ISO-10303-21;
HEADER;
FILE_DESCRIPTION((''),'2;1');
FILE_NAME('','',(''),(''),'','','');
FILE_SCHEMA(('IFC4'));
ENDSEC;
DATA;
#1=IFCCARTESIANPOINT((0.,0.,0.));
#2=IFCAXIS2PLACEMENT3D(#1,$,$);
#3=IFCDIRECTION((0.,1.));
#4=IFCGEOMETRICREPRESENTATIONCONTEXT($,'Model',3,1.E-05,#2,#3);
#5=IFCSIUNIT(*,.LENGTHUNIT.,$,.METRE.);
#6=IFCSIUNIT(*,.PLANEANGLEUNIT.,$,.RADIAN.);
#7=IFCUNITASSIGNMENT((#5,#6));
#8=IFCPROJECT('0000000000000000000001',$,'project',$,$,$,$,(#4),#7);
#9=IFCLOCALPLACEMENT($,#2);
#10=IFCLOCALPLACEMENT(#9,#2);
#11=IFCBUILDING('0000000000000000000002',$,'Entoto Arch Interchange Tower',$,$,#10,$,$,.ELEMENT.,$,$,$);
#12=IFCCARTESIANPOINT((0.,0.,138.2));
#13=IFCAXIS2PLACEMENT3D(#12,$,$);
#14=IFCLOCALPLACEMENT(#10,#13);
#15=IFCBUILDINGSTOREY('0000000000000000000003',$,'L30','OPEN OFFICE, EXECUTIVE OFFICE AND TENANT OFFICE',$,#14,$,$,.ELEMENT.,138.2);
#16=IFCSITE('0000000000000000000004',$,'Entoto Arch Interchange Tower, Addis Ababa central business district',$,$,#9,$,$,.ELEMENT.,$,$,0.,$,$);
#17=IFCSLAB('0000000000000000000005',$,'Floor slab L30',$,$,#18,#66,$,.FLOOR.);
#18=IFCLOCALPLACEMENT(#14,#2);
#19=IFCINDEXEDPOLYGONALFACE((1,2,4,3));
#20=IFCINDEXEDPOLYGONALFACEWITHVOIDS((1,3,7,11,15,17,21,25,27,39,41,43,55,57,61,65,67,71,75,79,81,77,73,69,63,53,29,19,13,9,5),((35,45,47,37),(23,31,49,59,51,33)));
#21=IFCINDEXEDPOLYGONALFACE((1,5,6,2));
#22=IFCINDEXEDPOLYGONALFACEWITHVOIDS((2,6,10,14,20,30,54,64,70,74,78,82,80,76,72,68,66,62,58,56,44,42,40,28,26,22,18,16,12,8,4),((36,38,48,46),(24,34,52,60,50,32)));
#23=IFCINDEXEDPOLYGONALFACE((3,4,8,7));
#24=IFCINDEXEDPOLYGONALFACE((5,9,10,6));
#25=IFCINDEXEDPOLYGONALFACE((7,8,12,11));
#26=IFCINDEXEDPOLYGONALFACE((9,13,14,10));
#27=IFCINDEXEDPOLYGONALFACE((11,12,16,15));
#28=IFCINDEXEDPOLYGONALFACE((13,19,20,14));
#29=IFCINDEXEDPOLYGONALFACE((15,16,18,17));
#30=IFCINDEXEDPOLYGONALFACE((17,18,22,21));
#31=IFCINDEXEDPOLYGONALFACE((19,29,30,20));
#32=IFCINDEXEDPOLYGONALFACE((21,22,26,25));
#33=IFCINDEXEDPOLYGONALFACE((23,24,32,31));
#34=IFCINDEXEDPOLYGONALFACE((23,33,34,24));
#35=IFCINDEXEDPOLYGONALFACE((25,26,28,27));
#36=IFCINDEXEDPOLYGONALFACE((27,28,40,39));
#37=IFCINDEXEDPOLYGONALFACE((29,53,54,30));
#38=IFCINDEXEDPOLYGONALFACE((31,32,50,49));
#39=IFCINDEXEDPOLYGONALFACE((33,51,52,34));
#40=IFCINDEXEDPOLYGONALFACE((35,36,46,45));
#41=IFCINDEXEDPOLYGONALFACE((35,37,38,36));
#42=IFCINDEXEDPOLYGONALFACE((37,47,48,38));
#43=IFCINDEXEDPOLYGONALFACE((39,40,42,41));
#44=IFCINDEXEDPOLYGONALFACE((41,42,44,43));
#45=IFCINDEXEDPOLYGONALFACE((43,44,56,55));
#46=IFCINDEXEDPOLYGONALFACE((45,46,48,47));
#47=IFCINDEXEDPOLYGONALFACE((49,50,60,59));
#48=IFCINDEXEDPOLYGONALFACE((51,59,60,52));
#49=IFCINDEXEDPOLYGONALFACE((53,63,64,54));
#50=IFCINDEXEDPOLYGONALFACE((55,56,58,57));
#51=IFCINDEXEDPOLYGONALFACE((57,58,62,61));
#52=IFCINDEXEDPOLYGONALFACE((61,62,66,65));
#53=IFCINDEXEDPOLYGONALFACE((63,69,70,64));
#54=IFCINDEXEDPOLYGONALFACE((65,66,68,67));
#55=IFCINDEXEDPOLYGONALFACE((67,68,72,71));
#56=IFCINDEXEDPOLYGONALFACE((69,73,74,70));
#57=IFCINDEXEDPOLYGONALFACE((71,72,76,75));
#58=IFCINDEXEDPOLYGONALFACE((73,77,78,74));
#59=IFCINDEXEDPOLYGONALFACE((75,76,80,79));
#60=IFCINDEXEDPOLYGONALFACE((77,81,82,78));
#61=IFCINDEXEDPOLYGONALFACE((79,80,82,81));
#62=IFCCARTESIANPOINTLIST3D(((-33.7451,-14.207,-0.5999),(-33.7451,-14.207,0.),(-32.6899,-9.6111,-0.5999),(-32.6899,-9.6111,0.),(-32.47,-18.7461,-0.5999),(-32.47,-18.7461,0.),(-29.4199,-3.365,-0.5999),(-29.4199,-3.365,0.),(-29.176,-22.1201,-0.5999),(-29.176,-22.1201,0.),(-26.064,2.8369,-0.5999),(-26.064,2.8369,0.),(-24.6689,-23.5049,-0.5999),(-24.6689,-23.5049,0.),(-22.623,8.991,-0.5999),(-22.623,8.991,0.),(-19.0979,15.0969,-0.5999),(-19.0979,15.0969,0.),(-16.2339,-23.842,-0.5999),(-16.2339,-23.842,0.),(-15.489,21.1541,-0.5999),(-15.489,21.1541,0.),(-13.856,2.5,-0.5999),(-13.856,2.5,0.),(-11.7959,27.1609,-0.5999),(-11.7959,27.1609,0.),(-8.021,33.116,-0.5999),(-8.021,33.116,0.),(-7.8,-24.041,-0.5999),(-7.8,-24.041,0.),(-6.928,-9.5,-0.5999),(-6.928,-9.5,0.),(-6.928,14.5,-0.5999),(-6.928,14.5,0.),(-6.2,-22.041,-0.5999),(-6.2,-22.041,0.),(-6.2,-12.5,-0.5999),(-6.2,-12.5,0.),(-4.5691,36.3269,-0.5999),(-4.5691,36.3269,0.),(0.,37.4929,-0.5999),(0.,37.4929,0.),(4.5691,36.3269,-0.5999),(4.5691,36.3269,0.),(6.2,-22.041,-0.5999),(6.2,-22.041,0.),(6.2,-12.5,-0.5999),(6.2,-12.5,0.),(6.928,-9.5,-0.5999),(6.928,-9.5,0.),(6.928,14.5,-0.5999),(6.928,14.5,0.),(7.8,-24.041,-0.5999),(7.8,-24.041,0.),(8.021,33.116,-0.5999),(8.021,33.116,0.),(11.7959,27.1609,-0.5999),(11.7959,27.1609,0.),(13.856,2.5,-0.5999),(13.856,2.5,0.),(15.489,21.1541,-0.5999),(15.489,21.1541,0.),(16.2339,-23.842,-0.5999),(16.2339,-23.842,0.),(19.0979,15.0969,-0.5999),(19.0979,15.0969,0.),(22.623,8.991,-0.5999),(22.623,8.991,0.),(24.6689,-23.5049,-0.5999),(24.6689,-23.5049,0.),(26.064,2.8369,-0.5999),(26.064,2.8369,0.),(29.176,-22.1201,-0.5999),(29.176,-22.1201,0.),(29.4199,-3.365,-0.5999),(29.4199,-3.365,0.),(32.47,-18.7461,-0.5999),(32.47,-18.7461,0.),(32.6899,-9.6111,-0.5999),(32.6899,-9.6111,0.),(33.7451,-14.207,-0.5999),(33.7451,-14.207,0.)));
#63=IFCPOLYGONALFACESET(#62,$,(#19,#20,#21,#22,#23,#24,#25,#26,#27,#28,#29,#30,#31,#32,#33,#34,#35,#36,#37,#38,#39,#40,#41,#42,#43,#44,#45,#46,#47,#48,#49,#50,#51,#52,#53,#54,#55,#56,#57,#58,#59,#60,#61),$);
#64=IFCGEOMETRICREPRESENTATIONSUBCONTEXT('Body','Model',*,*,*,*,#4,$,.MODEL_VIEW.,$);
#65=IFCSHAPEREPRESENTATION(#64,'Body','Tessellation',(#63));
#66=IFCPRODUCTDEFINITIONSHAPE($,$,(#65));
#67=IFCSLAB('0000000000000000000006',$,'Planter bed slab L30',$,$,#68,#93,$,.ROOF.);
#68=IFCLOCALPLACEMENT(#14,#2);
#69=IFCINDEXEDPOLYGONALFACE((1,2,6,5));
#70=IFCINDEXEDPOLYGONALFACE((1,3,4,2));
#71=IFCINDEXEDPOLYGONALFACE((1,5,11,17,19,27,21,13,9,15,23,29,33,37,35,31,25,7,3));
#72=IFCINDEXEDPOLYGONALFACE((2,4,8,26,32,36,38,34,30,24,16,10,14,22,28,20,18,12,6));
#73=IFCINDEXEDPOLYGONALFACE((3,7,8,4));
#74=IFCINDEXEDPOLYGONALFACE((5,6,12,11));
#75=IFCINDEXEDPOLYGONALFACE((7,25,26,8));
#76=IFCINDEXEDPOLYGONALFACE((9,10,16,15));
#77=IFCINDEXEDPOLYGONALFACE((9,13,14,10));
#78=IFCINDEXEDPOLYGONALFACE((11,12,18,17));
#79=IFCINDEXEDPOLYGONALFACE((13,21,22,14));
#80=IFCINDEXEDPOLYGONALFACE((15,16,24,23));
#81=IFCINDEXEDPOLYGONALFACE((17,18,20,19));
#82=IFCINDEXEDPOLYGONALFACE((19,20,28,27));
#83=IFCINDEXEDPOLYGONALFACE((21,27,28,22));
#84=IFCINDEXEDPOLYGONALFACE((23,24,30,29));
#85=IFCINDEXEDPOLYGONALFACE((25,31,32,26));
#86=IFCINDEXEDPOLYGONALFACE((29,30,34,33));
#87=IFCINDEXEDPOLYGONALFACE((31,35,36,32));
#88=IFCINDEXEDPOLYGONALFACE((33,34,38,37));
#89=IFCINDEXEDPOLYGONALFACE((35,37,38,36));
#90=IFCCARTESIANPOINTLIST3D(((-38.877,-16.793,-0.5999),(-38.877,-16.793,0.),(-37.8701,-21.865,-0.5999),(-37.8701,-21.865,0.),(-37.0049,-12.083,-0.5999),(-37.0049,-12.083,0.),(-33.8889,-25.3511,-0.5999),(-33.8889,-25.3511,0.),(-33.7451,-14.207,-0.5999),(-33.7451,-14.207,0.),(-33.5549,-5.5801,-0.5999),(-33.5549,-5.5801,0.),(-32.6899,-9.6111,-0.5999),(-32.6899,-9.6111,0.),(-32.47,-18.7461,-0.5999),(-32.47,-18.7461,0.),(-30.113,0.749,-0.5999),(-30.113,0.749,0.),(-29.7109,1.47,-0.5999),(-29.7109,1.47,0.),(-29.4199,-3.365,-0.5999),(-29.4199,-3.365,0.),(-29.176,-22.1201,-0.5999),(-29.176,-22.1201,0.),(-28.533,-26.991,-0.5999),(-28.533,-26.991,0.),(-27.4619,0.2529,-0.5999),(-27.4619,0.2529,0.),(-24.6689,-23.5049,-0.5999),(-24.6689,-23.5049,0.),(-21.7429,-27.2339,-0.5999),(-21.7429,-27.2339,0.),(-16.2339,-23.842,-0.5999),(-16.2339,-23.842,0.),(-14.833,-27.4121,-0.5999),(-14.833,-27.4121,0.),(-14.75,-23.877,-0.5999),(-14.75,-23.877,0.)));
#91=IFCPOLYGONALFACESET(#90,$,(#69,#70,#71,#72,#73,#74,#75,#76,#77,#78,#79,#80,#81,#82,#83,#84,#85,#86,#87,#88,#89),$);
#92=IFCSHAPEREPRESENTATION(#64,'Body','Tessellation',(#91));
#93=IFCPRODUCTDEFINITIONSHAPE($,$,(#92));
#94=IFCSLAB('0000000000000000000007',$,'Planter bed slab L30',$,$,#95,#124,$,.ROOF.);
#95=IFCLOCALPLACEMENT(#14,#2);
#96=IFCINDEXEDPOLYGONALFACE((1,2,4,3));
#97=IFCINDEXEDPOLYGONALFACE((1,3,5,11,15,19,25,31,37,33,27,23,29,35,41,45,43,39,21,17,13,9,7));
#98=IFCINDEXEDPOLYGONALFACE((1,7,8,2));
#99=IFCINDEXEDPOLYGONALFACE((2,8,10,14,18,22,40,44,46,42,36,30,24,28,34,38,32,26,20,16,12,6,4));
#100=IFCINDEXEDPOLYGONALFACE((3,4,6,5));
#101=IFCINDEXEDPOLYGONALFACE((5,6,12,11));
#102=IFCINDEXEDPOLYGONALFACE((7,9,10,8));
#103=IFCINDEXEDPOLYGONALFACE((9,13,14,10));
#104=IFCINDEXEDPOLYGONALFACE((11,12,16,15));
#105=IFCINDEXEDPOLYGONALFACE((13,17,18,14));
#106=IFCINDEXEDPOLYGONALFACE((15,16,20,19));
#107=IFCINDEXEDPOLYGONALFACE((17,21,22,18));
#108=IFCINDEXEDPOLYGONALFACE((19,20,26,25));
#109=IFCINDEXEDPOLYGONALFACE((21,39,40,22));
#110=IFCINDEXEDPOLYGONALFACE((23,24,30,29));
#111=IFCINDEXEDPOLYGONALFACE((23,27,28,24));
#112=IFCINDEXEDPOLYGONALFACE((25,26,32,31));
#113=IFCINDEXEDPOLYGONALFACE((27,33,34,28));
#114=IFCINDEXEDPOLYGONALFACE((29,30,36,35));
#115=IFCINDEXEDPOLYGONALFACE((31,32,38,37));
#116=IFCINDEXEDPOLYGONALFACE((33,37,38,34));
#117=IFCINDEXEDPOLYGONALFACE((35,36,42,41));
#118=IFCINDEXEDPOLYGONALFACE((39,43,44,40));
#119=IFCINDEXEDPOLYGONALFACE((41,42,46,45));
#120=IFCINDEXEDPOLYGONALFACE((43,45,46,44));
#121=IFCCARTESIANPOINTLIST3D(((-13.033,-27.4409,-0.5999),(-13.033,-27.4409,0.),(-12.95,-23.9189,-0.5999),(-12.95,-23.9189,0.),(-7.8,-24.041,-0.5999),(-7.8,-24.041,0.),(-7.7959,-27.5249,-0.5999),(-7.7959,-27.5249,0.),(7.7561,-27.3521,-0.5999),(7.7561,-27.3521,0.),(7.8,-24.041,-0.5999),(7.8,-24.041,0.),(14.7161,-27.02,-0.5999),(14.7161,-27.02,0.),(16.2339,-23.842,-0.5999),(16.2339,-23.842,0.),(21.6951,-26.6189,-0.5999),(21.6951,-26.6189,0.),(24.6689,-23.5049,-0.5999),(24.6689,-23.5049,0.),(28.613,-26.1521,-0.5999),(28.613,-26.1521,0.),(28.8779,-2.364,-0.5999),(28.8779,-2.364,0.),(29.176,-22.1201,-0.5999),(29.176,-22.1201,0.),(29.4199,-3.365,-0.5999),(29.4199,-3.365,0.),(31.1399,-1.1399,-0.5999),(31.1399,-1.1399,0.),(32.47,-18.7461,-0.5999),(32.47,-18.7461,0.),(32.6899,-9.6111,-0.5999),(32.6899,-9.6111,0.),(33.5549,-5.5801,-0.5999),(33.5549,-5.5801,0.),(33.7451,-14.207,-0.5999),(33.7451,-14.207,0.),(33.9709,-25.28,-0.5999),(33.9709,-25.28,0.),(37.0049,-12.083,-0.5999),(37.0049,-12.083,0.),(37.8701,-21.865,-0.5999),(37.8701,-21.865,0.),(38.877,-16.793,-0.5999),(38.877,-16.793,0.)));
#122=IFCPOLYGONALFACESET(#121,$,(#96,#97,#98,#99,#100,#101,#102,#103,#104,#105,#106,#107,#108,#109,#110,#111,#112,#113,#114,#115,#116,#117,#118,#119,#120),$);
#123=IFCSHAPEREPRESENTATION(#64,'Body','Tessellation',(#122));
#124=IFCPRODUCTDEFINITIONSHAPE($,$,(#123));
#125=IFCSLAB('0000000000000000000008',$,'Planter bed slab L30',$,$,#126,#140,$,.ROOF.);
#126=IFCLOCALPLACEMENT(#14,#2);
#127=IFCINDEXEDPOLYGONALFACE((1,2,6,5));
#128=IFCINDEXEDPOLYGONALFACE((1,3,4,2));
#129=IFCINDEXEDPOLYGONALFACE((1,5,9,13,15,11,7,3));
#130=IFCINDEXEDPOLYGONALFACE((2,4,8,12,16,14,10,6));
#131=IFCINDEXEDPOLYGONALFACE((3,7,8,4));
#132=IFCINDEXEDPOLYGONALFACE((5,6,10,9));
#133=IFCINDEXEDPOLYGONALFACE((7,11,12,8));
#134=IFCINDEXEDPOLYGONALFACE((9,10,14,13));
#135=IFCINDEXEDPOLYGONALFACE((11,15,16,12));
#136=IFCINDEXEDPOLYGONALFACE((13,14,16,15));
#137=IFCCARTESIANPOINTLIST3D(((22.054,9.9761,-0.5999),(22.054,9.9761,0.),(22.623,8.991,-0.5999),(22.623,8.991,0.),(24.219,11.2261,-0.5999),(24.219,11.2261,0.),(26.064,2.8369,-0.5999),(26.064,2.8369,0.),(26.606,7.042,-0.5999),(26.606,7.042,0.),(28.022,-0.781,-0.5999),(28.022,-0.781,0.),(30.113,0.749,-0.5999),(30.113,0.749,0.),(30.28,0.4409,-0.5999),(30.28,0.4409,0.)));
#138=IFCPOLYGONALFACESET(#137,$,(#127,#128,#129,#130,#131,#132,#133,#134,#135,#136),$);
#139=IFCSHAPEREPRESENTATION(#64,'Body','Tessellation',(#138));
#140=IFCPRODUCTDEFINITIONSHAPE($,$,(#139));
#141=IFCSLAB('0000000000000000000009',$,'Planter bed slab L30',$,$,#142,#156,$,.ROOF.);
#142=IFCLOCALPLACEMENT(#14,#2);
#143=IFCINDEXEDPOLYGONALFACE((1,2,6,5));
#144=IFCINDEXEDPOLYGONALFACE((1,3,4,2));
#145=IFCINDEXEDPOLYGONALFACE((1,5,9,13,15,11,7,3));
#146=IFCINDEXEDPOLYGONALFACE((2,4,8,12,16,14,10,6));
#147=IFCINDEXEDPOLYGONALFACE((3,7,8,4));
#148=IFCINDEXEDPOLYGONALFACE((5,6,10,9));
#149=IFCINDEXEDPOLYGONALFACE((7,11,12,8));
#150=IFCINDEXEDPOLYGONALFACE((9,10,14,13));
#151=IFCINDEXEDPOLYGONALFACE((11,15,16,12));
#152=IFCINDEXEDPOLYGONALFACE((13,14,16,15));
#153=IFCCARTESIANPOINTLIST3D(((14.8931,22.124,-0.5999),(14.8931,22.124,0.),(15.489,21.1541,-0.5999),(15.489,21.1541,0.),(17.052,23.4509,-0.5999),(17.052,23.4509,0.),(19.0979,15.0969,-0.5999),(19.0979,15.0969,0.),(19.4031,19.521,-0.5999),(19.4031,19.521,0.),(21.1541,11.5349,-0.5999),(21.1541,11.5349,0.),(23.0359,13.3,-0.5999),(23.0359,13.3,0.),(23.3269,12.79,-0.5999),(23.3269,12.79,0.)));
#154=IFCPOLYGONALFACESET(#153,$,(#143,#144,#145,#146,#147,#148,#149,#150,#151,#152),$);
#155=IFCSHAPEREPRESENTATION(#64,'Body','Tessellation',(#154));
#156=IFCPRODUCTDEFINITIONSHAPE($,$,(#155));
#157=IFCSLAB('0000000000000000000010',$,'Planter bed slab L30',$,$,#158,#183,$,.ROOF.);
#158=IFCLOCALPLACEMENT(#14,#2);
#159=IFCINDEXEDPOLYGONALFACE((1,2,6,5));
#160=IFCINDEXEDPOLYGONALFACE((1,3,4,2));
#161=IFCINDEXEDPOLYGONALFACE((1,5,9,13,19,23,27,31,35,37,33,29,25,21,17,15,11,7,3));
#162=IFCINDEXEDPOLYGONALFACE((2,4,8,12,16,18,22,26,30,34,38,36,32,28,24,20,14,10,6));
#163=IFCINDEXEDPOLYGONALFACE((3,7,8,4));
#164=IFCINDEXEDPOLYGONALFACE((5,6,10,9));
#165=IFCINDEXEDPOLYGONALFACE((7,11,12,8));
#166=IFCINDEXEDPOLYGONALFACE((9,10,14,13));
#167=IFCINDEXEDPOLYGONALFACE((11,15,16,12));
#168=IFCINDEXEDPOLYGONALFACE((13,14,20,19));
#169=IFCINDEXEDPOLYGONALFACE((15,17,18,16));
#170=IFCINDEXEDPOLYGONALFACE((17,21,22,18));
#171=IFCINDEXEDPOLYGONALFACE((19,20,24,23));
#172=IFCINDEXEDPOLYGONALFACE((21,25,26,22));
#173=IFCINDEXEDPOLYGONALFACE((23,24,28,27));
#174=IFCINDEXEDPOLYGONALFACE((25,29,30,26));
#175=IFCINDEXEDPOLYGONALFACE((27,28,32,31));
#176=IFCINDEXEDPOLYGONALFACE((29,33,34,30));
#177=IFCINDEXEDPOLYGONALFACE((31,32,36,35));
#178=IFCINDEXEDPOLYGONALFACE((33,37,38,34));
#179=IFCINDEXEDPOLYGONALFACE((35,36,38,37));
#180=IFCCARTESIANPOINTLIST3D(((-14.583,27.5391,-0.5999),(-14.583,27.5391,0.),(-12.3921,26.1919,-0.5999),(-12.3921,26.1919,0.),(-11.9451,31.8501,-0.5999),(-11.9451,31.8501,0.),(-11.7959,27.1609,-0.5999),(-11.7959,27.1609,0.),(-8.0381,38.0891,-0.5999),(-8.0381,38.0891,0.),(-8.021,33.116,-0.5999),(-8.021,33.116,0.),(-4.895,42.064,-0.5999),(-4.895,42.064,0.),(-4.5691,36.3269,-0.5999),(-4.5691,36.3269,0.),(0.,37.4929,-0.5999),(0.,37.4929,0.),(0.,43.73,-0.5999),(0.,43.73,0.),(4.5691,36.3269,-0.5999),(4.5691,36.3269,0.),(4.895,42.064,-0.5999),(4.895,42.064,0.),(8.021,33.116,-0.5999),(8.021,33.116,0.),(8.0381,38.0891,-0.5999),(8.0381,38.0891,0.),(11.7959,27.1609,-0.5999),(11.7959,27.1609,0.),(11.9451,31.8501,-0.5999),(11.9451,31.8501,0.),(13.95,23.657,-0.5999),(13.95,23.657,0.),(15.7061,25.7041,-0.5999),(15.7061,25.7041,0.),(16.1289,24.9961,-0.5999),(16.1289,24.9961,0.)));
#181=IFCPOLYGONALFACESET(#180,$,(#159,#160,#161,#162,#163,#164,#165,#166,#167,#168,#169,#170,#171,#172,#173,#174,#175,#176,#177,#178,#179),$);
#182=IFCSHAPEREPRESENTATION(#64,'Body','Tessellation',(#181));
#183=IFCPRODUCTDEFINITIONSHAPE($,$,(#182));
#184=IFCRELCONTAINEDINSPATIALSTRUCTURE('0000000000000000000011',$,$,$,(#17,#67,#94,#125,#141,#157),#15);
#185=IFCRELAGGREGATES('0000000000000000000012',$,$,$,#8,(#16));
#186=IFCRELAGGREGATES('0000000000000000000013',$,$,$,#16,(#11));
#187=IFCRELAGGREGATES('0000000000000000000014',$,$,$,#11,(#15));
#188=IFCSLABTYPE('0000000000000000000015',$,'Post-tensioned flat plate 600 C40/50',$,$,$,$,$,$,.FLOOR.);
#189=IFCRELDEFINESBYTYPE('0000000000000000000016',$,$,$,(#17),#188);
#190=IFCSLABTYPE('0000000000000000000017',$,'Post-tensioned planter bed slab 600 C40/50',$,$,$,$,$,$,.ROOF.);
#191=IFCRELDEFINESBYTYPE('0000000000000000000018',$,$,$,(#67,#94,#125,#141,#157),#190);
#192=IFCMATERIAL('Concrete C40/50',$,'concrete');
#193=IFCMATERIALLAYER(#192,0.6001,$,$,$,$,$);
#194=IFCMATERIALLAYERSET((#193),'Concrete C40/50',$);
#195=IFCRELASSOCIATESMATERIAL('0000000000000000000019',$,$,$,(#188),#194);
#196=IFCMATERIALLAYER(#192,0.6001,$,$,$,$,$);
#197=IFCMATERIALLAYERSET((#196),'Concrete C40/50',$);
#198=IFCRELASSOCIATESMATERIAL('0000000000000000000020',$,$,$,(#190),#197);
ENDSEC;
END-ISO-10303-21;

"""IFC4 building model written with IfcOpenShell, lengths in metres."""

from ifc_helpers import new_model, si_unit, direction, frame, origin, place, context, subcontext, project, spatial, polyline, outline, extrude, material, layer, layer_set, type_object, element, save


model = new_model("IFC4")

# Units and contexts
model_context = context("Model", 3, precision=1e-05, world=origin(), true_north=direction((0.0, 1.0)))
body_context = subcontext(model_context, "Body", "Model", "MODEL_VIEW")
ifc_project = project(units=[si_unit("LENGTHUNIT", "METRE"), si_unit("PLANEANGLEUNIT", "RADIAN")], contexts=[model_context])

# Site, building, storey
site_placement = place(None, origin())
site = spatial("IfcSite", under=ifc_project, at=site_placement, Name="Entoto Arch Interchange Tower, Addis Ababa central business district", CompositionType="ELEMENT", RefElevation=0.0)
building_placement = place(site_placement, origin())
building = spatial("IfcBuilding", under=site, at=building_placement, Name="Entoto Arch Interchange Tower", CompositionType="ELEMENT")
storey_placement = place(building_placement, frame((0.0, 0.0, 138.2)))
storey = spatial("IfcBuildingStorey", under=building, at=storey_placement, Name="L30", Description="OPEN OFFICE, EXECUTIVE OFFICE AND TENANT OFFICE", CompositionType="ELEMENT", Elevation=138.2)

# Slabs
ifc_material_1 = material(Name="Concrete C40/50", Category="concrete")
ifc_layer_1 = layer(ifc_material_1, 0.6001)
ifc_layer_set_1 = layer_set([ifc_layer_1], Name="Concrete C40/50")
slab_type_1 = type_object("IfcSlabType", Name="Post-tensioned flat plate 600 C40/50", PredefinedType="FLOOR", material=ifc_layer_set_1)
slab_1_placement = place(storey_placement, frame((0.0, 0.0, -0.5999)))
element("IfcSlab", 1, at=slab_1_placement, inside=storey, type_object=slab_type_1, Name="Floor slab L30", PredefinedType="FLOOR", context=body_context, shape_type="SweptSolid", body=[
    extrude(outline(polyline([(-24.6689, -23.5049), (-16.2339, -23.842), (-7.8, -24.041), (7.8, -24.041), (16.2339, -23.842), (24.6689, -23.5049), (29.176, -22.1201), (32.47, -18.7461), (33.7451, -14.207), (32.6899, -9.6111), (29.4199, -3.365), (26.064, 2.8369), (22.623, 8.991), (19.0979, 15.0969), (15.489, 21.1541), (11.7959, 27.1609), (8.021, 33.116), (4.5691, 36.3269), (0.0, 37.4929), (-4.5691, 36.3269), (-8.021, 33.116), (-11.7959, 27.1609), (-15.489, 21.1541), (-19.0979, 15.0969), (-22.623, 8.991), (-26.064, 2.8369), (-29.4199, -3.365), (-32.6899, -9.6111), (-33.7451, -14.207), (-32.47, -18.7461), (-29.176, -22.1201), (-24.6689, -23.5049)]), holes=[polyline([(6.2, -22.041), (6.2, -12.5), (-6.2, -12.5), (-6.2, -22.041), (6.2, -22.041)]), polyline([(13.856, 2.5), (6.928, 14.5), (-6.928, 14.5), (-13.856, 2.5), (-6.928, -9.5), (6.928, -9.5), (13.856, 2.5)])]), origin(), (0.0, 0.0, 1.0), 0.5999),
])
ifc_layer_2 = layer(ifc_material_1, 0.6001)
ifc_layer_set_2 = layer_set([ifc_layer_2], Name="Concrete C40/50")
slab_type_2 = type_object("IfcSlabType", Name="Post-tensioned planter bed slab 600 C40/50", PredefinedType="ROOF", material=ifc_layer_set_2)
slab_2_placement = place(storey_placement, frame((0.0, 0.0, -0.5999)))
element("IfcSlab", 2, at=slab_2_placement, inside=storey, type_object=slab_type_2, Name="Planter bed slab L30", PredefinedType="ROOF", context=body_context, shape_type="SweptSolid", body=[
    extrude(outline(polyline([(-14.75, -23.877), (-16.2339, -23.842), (-24.6689, -23.5049), (-29.176, -22.1201), (-32.47, -18.7461), (-33.7451, -14.207), (-32.6899, -9.6111), (-29.4199, -3.365), (-27.4619, 0.2529), (-29.7109, 1.47), (-30.113, 0.749), (-33.5549, -5.5801), (-37.0049, -12.083), (-38.877, -16.793), (-37.8701, -21.865), (-33.8889, -25.3511), (-28.533, -26.991), (-21.7429, -27.2339), (-14.833, -27.4121), (-14.75, -23.877)])), origin(), (0.0, 0.0, 1.0), 0.5999),
])
slab_3_placement = place(storey_placement, frame((0.0, 0.0, -0.5999)))
element("IfcSlab", 3, at=slab_3_placement, inside=storey, type_object=slab_type_2, Name="Planter bed slab L30", PredefinedType="ROOF", context=body_context, shape_type="SweptSolid", body=[
    extrude(outline(polyline([(-7.8, -24.041), (-12.95, -23.9189), (-13.033, -27.4409), (-7.7959, -27.5249), (7.7561, -27.3521), (14.7161, -27.02), (21.6951, -26.6189), (28.613, -26.1521), (33.9709, -25.28), (37.8701, -21.865), (38.877, -16.793), (37.0049, -12.083), (33.5549, -5.5801), (31.1399, -1.1399), (28.8779, -2.364), (29.4199, -3.365), (32.6899, -9.6111), (33.7451, -14.207), (32.47, -18.7461), (29.176, -22.1201), (24.6689, -23.5049), (16.2339, -23.842), (7.8, -24.041), (-7.8, -24.041)])), origin(), (0.0, 0.0, 1.0), 0.5999),
])
slab_4_placement = place(storey_placement, frame((0.0, 0.0, -0.5999)))
element("IfcSlab", 4, at=slab_4_placement, inside=storey, type_object=slab_type_2, Name="Planter bed slab L30", PredefinedType="ROOF", context=body_context, shape_type="SweptSolid", body=[
    extrude(outline(polyline([(26.064, 2.8369), (28.022, -0.781), (30.28, 0.4409), (30.113, 0.749), (26.606, 7.042), (24.219, 11.2261), (22.054, 9.9761), (22.623, 8.991), (26.064, 2.8369)])), origin(), (0.0, 0.0, 1.0), 0.5999),
])
slab_5_placement = place(storey_placement, frame((0.0, 0.0, -0.5999)))
element("IfcSlab", 5, at=slab_5_placement, inside=storey, type_object=slab_type_2, Name="Planter bed slab L30", PredefinedType="ROOF", context=body_context, shape_type="SweptSolid", body=[
    extrude(outline(polyline([(19.0979, 15.0969), (21.1541, 11.5349), (23.3269, 12.79), (23.0359, 13.3), (19.4031, 19.521), (17.052, 23.4509), (14.8931, 22.124), (15.489, 21.1541), (19.0979, 15.0969)])), origin(), (0.0, 0.0, 1.0), 0.5999),
])
slab_6_placement = place(storey_placement, frame((0.0, 0.0, -0.5999)))
element("IfcSlab", 6, at=slab_6_placement, inside=storey, type_object=slab_type_2, Name="Planter bed slab L30", PredefinedType="ROOF", context=body_context, shape_type="SweptSolid", body=[
    extrude(outline(polyline([(11.7959, 27.1609), (13.95, 23.657), (16.1289, 24.9961), (15.7061, 25.7041), (11.9451, 31.8501), (8.0381, 38.0891), (4.895, 42.064), (0.0, 43.73), (-4.895, 42.064), (-8.0381, 38.0891), (-11.9451, 31.8501), (-14.583, 27.5391), (-12.3921, 26.1919), (-11.7959, 27.1609), (-8.021, 33.116), (-4.5691, 36.3269), (0.0, 37.4929), (4.5691, 36.3269), (8.021, 33.116), (11.7959, 27.1609)])), origin(), (0.0, 0.0, 1.0), 0.5999),
])

save(model, "model.ifc")
